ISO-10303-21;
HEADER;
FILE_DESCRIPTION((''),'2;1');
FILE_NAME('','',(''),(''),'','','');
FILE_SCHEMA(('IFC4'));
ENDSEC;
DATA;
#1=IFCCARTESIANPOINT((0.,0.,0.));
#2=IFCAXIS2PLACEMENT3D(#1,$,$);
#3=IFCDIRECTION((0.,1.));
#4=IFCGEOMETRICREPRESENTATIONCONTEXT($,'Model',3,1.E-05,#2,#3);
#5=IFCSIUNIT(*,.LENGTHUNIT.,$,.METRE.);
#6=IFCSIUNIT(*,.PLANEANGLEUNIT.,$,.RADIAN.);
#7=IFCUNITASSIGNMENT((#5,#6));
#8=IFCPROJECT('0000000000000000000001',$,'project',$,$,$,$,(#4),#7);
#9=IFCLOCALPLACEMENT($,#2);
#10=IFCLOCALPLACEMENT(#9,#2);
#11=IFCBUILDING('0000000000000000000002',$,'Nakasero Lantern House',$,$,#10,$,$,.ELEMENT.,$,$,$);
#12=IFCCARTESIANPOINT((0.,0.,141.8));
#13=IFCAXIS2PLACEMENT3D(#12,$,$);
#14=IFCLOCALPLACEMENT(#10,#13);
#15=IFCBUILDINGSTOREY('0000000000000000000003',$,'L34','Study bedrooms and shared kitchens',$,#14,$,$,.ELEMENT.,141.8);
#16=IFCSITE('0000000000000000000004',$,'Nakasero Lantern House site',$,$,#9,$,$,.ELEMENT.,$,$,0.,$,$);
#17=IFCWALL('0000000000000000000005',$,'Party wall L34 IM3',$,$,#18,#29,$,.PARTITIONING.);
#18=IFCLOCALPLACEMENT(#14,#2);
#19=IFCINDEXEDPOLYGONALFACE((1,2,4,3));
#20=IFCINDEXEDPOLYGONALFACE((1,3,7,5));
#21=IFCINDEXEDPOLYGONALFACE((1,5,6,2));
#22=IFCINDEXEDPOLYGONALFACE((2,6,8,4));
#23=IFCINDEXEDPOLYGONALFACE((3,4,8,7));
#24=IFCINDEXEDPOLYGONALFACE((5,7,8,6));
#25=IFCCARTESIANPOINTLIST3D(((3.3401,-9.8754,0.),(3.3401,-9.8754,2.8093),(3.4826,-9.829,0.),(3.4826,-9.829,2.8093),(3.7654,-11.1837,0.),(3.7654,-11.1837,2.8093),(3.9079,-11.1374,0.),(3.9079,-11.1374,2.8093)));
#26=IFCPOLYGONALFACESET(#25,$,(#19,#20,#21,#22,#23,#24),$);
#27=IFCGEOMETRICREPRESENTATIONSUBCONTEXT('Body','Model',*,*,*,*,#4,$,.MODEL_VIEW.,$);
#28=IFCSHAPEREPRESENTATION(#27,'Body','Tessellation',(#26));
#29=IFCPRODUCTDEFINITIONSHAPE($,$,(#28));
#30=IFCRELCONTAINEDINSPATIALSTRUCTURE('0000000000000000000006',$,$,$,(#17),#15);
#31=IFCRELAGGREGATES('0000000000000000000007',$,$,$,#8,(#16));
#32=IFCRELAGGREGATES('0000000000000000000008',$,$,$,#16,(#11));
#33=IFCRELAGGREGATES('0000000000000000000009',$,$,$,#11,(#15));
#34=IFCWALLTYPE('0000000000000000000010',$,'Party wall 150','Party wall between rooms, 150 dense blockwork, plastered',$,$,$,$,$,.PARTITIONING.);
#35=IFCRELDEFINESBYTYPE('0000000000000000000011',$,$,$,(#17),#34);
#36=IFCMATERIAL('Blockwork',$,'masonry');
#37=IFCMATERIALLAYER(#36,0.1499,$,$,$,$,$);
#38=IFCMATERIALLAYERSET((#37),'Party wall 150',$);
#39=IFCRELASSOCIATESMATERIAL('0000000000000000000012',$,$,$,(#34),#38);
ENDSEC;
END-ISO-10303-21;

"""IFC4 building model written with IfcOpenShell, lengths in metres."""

from ifc_helpers import new_model, si_unit, direction, frame, frame_2d, origin, place, context, subcontext, project, spatial, rectangle, extrude, material, layer, layer_set, type_object, element, save


model = new_model("IFC4")

# Units and contexts
model_context = context("Model", 3, precision=1e-05, world=origin(), true_north=direction((0.0, 1.0)))
body_context = subcontext(model_context, "Body", "Model", "MODEL_VIEW")
ifc_project = project(units=[si_unit("LENGTHUNIT", "METRE"), si_unit("PLANEANGLEUNIT", "RADIAN")], contexts=[model_context])

# Site, building, storey
site_placement = place(None, origin())
site = spatial("IfcSite", under=ifc_project, at=site_placement, Name="Nakasero Lantern House site", CompositionType="ELEMENT", RefElevation=0.0)
building_placement = place(site_placement, origin())
building = spatial("IfcBuilding", under=site, at=building_placement, Name="Nakasero Lantern House", CompositionType="ELEMENT")
storey_placement = place(building_placement, frame((0.0, 0.0, 141.8)))
storey = spatial("IfcBuildingStorey", under=building, at=storey_placement, Name="L34", Description="Study bedrooms and shared kitchens", CompositionType="ELEMENT", Elevation=141.8)

# Wall
ifc_material_1 = material(Name="Blockwork", Category="masonry")
ifc_layer_1 = layer(ifc_material_1, 0.1499)
ifc_layer_set_1 = layer_set([ifc_layer_1], Name="Party wall 150")
wall_type_1 = type_object("IfcWallType", Name="Party wall 150", Description="Party wall between rooms, 150 dense blockwork, plastered", PredefinedType="PARTITIONING", material=ifc_layer_set_1)
wall_1_placement = place(storey_placement, frame((3.8367, -11.1606, 0.0), z_axis=(0.0, 0.0, 1.0), x_axis=(-0.309138, 0.951017, 0.0)))
element("IfcWall", 1, at=wall_1_placement, inside=storey, type_object=wall_type_1, Name="Party wall L34 IM3", PredefinedType="PARTITIONING", context=body_context, shape_type="SweptSolid", body=[
    extrude(rectangle(XDim=1.3757, YDim=0.1499, at=frame_2d((0.688, 0.0))), origin(), (0.0, 0.0, 1.0), 2.8093),
])

save(model, "model.ifc")
